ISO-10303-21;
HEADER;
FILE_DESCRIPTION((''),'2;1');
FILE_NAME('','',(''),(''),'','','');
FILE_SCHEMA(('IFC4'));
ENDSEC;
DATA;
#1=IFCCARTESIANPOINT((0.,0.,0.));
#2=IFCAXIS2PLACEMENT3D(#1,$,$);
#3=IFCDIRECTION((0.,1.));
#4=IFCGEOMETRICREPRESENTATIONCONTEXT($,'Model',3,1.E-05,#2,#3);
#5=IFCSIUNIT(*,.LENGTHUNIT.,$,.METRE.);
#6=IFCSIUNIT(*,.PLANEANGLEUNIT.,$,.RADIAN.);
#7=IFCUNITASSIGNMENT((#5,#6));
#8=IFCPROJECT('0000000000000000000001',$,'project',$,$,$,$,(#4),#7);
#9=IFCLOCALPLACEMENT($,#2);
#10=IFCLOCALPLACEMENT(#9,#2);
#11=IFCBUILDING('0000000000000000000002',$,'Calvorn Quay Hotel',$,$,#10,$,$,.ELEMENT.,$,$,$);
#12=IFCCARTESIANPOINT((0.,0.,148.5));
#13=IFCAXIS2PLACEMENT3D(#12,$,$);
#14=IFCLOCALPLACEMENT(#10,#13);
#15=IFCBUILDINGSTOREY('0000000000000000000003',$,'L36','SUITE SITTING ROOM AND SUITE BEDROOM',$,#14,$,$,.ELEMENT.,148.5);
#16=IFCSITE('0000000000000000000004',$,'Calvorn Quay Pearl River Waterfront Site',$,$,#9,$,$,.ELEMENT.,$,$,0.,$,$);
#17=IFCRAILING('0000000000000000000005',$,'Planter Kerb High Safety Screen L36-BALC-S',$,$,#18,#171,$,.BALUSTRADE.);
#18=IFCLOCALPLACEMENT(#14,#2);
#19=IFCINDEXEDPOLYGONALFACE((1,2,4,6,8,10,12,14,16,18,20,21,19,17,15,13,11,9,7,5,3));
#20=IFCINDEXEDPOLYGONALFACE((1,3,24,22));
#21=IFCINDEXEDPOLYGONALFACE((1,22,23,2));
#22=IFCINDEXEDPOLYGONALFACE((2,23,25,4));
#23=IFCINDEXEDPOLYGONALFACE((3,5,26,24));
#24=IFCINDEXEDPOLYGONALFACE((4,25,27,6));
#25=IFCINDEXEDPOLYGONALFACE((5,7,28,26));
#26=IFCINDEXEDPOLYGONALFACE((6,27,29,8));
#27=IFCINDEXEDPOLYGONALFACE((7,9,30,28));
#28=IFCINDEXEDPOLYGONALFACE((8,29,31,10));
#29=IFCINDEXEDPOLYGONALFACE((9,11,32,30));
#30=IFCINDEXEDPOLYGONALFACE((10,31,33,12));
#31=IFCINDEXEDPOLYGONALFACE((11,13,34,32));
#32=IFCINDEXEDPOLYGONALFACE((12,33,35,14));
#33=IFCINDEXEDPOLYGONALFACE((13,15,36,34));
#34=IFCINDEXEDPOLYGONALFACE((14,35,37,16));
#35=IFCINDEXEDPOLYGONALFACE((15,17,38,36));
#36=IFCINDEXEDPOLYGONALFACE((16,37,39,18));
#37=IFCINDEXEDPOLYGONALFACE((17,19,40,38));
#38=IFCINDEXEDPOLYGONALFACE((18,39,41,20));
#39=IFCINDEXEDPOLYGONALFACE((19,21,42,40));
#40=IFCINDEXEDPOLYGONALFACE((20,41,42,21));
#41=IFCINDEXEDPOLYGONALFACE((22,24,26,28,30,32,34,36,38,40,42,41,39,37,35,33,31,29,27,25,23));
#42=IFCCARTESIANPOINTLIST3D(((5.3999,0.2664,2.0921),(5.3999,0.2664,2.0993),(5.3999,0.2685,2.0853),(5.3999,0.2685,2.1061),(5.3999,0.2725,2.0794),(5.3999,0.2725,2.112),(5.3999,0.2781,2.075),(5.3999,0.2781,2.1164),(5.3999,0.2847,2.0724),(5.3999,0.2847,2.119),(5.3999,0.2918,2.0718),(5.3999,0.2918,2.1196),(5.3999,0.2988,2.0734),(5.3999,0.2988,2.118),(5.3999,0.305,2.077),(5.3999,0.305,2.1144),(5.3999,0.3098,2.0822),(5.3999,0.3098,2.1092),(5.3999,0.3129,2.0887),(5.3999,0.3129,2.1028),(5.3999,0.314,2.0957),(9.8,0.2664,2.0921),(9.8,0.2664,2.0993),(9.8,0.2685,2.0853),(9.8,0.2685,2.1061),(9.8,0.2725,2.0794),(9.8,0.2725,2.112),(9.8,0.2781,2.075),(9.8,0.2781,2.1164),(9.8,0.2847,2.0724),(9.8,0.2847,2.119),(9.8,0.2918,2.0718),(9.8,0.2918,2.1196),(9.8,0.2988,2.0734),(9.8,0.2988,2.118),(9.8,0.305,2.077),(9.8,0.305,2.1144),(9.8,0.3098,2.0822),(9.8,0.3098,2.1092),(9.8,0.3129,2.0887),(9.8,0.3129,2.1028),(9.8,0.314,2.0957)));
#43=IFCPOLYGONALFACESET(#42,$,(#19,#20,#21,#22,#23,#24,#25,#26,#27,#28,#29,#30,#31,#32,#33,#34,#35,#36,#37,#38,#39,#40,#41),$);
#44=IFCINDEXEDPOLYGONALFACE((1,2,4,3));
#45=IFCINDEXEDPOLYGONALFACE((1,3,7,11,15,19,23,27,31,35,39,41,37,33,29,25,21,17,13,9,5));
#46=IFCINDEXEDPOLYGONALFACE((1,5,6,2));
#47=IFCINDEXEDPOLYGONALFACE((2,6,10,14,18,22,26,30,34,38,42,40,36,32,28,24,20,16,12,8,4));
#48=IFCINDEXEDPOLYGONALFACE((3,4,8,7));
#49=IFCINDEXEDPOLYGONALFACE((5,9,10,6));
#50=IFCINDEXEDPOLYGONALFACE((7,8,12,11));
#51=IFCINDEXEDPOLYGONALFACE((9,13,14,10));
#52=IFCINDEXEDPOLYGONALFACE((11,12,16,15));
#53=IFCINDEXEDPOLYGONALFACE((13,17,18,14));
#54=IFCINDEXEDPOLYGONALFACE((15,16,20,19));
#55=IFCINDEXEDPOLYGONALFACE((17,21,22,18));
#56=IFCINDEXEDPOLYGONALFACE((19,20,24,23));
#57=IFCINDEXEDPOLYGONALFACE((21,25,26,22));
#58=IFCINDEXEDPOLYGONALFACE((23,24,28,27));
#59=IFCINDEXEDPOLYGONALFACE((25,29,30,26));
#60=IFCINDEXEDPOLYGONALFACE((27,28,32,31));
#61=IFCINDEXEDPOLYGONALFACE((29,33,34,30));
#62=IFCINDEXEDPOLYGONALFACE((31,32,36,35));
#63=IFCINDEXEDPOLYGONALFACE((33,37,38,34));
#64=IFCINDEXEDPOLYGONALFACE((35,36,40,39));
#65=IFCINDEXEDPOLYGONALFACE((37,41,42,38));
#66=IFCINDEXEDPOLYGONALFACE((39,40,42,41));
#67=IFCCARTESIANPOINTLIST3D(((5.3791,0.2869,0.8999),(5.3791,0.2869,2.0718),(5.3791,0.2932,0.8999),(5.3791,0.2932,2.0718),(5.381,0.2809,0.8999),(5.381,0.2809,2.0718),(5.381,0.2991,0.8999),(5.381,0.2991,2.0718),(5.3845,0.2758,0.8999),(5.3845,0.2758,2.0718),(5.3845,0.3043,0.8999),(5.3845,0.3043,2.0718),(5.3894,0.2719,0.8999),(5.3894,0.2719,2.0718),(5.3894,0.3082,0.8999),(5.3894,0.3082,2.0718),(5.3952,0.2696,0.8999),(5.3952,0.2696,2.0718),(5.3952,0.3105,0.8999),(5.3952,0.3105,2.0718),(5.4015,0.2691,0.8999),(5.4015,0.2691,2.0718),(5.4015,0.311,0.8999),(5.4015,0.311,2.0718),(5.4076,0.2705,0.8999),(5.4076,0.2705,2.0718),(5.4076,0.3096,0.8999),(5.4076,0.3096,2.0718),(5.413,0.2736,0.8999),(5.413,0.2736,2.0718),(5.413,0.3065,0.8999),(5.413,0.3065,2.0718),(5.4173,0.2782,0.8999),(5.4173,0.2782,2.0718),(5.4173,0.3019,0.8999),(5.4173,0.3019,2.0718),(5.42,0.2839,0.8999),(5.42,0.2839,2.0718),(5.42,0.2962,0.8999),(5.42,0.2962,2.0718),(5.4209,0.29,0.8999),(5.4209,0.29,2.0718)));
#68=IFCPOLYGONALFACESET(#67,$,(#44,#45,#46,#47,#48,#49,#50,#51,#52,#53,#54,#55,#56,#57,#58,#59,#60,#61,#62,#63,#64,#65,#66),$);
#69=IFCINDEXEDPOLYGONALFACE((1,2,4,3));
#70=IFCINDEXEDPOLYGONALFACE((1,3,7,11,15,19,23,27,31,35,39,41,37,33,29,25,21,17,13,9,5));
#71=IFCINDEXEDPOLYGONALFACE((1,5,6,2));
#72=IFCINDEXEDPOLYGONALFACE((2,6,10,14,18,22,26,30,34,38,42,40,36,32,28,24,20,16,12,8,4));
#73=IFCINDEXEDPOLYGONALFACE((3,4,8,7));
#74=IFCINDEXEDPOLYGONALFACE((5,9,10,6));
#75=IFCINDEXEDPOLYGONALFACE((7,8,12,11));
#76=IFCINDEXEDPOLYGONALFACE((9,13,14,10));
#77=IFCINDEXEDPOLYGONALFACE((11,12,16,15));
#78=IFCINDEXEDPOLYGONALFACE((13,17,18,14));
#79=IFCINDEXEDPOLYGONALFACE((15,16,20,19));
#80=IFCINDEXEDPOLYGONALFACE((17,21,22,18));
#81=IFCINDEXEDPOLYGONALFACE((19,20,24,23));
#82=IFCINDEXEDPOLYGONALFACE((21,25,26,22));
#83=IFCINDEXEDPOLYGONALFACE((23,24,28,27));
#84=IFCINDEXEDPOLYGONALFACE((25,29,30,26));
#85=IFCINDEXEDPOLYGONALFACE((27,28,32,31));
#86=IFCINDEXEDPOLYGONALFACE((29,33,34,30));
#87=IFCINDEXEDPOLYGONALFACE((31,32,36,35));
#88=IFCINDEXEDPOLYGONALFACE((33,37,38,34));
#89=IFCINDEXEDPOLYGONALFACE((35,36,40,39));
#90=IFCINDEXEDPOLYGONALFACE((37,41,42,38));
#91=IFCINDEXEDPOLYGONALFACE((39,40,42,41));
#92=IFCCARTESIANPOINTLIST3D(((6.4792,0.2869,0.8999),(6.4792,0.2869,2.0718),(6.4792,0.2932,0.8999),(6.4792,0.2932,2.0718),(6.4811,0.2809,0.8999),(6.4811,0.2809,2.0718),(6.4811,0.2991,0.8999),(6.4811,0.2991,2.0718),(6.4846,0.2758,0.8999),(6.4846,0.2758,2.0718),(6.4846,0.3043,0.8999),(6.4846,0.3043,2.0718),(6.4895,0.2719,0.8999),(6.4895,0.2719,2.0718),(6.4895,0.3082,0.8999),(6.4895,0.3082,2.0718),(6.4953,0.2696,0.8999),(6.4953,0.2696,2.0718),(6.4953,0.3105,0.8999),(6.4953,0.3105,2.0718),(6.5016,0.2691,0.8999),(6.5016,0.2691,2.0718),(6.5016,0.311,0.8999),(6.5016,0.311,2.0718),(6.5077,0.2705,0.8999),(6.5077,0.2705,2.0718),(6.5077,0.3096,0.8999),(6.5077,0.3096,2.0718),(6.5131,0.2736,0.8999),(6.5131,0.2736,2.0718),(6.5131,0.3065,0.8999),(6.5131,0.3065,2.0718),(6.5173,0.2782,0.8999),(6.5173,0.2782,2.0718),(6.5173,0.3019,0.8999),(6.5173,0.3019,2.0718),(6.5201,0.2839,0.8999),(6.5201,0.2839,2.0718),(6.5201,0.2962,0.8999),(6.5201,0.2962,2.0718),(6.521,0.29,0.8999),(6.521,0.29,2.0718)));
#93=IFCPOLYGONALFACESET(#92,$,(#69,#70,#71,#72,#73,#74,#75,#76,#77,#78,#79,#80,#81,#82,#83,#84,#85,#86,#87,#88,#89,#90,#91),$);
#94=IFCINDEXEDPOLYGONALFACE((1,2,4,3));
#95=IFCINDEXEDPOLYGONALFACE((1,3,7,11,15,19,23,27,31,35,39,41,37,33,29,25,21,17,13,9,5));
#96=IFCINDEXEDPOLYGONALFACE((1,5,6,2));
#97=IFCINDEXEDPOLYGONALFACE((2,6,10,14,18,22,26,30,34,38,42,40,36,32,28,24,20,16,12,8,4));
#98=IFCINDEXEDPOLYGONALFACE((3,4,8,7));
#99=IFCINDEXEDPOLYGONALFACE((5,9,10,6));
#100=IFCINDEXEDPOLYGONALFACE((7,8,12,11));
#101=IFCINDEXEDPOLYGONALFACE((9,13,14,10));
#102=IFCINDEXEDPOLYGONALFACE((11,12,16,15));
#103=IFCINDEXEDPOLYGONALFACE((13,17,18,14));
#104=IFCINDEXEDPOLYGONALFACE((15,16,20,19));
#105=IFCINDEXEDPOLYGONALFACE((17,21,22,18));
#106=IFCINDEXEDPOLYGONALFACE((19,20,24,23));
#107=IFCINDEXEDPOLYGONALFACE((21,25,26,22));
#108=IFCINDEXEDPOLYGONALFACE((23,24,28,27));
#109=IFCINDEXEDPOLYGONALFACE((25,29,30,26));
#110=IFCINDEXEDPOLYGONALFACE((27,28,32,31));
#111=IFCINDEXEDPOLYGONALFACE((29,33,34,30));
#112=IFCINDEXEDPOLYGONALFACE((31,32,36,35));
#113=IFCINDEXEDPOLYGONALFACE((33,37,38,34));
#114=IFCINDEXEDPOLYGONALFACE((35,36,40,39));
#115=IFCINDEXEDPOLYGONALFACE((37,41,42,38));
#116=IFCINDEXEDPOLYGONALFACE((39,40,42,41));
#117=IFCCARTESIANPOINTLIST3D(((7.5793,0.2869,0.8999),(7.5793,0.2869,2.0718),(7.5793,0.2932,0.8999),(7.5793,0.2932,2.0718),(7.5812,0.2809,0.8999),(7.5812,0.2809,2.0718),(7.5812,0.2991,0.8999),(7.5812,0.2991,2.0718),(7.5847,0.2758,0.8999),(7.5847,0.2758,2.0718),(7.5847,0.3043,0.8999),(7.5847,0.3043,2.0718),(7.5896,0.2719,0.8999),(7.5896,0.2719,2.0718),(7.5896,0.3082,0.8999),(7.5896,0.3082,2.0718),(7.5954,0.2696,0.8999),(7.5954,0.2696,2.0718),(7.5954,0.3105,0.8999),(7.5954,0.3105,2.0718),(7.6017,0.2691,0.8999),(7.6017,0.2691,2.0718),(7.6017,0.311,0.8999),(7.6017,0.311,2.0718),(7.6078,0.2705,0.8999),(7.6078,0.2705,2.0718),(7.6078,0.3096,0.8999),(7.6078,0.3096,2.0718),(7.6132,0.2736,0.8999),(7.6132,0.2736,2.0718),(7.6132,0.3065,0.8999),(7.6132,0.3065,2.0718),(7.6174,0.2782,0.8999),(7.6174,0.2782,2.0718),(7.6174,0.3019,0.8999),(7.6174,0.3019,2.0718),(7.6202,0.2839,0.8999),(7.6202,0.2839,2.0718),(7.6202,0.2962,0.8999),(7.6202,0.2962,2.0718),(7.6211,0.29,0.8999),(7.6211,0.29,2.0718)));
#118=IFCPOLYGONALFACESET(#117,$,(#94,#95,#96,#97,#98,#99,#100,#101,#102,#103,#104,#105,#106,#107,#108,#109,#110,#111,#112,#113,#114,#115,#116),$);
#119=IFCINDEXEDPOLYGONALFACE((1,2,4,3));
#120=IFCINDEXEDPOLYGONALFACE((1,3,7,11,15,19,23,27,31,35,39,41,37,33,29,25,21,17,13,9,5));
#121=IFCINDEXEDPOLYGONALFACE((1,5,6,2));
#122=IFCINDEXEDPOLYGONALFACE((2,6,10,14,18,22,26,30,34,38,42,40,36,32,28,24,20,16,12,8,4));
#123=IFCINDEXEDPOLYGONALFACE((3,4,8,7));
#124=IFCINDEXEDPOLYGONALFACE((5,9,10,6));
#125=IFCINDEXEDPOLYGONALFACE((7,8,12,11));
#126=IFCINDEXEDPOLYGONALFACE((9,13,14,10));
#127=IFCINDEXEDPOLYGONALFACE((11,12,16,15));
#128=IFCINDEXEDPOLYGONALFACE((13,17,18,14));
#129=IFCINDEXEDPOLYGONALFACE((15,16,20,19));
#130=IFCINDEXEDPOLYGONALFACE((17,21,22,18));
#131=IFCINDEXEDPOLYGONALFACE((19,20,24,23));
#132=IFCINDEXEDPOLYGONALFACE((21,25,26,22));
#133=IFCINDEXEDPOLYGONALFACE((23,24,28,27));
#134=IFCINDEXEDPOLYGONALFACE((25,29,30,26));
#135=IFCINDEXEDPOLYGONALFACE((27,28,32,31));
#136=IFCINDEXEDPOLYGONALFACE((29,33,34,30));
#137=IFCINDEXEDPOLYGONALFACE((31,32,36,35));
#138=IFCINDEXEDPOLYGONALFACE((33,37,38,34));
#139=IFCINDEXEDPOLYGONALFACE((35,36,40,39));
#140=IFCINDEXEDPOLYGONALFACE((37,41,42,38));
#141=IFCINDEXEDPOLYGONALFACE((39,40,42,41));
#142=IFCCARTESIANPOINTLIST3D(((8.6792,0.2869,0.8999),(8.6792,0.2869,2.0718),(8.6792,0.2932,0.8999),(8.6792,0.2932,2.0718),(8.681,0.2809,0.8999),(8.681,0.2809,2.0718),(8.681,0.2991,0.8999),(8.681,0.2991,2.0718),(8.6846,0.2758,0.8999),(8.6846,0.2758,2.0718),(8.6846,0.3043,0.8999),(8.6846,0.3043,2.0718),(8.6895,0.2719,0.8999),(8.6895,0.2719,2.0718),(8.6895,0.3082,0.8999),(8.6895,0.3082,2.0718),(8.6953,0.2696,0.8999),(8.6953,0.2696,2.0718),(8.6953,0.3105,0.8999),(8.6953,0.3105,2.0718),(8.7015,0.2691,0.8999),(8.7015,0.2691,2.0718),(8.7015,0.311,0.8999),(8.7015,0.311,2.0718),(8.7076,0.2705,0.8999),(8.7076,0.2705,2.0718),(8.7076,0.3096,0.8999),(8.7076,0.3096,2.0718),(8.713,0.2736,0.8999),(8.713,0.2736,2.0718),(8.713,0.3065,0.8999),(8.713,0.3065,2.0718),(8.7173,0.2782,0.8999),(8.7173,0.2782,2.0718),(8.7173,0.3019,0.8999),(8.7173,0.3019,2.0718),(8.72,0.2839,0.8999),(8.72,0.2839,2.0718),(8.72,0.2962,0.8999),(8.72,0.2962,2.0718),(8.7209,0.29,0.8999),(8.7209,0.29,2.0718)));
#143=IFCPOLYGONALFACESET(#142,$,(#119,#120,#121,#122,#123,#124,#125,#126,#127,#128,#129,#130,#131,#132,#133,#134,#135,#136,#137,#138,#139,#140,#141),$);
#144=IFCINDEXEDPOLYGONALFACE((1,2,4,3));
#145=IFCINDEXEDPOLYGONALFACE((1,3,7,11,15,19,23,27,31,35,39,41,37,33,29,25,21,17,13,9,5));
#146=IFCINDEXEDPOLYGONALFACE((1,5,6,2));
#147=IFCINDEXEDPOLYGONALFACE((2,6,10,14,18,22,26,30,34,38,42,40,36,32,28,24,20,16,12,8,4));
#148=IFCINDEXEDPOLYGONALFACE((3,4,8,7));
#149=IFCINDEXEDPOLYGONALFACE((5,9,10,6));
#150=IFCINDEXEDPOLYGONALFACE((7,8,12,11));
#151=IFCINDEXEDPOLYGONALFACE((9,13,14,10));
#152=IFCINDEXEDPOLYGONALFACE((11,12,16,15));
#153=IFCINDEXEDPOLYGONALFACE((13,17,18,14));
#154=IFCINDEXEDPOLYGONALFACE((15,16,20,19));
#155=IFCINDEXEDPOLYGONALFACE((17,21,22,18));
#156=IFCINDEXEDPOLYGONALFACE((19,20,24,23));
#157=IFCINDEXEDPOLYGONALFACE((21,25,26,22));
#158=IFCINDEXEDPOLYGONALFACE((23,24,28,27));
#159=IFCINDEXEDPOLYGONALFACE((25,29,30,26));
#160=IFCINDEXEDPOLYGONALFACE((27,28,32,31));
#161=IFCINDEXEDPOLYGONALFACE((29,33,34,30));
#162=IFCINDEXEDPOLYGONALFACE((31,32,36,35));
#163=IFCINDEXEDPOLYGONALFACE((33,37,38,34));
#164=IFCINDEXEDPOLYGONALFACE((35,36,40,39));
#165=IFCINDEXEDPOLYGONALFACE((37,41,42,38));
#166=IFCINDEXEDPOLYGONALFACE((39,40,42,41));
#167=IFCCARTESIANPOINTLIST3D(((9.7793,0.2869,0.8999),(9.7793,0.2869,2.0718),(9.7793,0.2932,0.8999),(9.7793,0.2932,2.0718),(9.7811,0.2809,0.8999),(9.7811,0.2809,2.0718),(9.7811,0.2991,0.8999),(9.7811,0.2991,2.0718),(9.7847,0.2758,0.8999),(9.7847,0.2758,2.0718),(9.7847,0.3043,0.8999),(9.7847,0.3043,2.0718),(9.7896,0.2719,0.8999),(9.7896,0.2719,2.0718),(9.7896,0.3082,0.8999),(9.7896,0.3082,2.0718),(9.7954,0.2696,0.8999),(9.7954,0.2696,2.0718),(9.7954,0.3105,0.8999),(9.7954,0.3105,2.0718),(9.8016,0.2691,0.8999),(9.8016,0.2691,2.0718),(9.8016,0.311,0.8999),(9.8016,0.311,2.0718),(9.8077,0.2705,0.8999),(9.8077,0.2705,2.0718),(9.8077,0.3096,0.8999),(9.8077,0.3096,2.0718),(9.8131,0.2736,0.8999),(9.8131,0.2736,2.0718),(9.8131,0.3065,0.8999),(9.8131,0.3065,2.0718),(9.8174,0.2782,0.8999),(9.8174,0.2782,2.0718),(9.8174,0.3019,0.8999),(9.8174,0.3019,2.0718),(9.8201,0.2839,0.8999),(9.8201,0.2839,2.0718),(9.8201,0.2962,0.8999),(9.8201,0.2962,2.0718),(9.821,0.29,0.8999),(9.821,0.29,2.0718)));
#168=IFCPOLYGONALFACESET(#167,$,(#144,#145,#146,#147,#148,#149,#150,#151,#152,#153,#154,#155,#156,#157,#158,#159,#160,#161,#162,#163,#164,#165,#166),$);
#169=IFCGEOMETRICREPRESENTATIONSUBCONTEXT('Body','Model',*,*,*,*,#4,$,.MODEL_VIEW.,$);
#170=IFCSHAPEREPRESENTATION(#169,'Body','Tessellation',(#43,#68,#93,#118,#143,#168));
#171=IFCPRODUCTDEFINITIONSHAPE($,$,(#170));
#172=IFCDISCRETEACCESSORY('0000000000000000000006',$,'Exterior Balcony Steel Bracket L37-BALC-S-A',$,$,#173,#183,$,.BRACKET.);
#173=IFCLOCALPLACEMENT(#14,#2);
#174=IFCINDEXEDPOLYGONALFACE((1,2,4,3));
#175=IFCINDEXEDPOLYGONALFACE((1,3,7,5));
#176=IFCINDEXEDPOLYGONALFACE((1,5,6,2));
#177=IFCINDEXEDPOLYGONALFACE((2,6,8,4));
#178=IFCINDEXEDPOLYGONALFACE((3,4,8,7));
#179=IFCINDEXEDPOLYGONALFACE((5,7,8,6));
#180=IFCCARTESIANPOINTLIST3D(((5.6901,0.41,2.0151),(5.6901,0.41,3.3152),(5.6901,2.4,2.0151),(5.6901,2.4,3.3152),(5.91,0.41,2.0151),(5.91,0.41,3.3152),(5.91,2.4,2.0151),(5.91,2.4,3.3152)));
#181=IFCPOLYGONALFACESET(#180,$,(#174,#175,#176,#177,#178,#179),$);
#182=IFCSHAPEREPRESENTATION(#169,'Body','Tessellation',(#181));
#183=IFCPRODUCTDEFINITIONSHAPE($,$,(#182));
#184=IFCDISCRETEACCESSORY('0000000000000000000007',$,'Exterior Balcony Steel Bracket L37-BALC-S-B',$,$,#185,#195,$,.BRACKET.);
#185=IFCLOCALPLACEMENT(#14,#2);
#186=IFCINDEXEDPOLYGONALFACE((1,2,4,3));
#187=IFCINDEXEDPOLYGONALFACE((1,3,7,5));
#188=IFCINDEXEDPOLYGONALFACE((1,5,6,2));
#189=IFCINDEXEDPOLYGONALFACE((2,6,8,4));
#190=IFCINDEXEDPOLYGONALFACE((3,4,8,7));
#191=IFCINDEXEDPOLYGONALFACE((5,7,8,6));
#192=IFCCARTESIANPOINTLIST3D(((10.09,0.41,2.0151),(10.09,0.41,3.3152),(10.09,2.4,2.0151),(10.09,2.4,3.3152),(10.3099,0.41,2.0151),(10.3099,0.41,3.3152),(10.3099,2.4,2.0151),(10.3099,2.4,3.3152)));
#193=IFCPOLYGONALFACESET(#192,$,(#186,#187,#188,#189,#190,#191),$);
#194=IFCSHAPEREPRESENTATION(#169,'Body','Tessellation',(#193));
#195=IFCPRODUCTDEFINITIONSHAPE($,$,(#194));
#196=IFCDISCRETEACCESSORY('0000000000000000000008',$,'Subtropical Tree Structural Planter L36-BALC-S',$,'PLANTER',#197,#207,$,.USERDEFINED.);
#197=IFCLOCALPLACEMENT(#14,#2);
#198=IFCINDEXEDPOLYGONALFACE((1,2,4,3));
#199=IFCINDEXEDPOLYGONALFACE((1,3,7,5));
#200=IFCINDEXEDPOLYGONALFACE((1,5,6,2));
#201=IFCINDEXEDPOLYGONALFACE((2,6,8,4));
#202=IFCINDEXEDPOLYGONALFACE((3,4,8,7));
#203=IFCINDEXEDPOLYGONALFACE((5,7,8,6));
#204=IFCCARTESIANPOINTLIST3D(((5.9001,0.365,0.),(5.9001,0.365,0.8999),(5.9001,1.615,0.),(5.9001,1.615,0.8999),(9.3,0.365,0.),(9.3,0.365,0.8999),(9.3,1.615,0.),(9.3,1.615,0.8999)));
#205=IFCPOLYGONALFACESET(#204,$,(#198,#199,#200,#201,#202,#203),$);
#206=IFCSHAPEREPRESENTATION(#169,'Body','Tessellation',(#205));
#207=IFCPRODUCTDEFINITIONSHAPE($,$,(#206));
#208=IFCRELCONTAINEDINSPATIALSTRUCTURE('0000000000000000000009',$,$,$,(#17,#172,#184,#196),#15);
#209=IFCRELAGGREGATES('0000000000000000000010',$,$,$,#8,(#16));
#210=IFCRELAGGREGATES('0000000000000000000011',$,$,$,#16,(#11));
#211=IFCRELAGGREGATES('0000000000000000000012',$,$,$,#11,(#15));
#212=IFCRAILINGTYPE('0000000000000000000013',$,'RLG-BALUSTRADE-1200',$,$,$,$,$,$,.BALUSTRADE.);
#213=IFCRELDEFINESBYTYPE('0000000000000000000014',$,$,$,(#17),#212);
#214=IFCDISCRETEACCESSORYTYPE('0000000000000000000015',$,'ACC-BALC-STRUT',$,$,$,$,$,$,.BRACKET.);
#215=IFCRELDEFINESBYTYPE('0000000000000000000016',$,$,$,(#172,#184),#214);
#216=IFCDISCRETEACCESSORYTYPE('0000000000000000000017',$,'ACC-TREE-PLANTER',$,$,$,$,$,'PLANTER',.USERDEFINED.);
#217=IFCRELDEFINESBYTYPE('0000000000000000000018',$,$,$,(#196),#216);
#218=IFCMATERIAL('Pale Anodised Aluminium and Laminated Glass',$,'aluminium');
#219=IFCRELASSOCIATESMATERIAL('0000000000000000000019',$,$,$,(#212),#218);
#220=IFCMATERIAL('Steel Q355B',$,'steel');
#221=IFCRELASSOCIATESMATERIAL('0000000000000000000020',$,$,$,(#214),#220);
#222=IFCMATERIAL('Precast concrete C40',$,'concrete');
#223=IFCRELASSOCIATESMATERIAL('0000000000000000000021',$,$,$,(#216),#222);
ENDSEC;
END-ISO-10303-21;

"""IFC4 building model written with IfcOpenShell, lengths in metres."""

from ifc_helpers import new_model, si_unit, direction, frame, origin, origin_2d, place, context, subcontext, project, spatial, rectangle, circle, extrude, material, type_object, element, save


model = new_model("IFC4")

# Units and contexts
model_context = context("Model", 3, precision=1e-05, world=origin(), true_north=direction((0.0, 1.0)))
body_context = subcontext(model_context, "Body", "Model", "MODEL_VIEW")
ifc_project = project(units=[si_unit("LENGTHUNIT", "METRE"), si_unit("PLANEANGLEUNIT", "RADIAN")], contexts=[model_context])

# Site, building, storey
site_placement = place(None, origin())
site = spatial("IfcSite", under=ifc_project, at=site_placement, Name="Calvorn Quay Pearl River Waterfront Site", CompositionType="ELEMENT", RefElevation=0.0)
building_placement = place(site_placement, origin())
building = spatial("IfcBuilding", under=site, at=building_placement, Name="Calvorn Quay Hotel", CompositionType="ELEMENT")
storey_placement = place(building_placement, frame((0.0, 0.0, 148.5)))
storey = spatial("IfcBuildingStorey", under=building, at=storey_placement, Name="L36", Description="SUITE SITTING ROOM AND SUITE BEDROOM", CompositionType="ELEMENT", Elevation=148.5)

# Railing
ifc_material_1 = material(Name="Pale Anodised Aluminium and Laminated Glass", Category="aluminium")
railing_type = type_object("IfcRailingType", Name="RLG-BALUSTRADE-1200", PredefinedType="BALUSTRADE", material=ifc_material_1)
railing_1_placement = place(storey_placement, frame((5.3999, 0.29, 0.8999)))
element("IfcRailing", 1, at=railing_1_placement, inside=storey, type_object=railing_type, Name="Planter Kerb High Safety Screen L36-BALC-S", PredefinedType="BALUSTRADE", context=body_context, shape_type="SweptSolid", body=[
    extrude(circle(Radius=0.0239, at=origin_2d()), frame((0.0, 0.0, 1.1958), z_axis=(1.0, 0.0, 0.0), x_axis=(0.0, 1.0, 0.0)), (0.0, 0.0, 1.0), 4.4001),
    extrude(circle(Radius=0.021, at=origin_2d()), origin(), (0.0, 0.0, 1.0), 1.1719),
    extrude(circle(Radius=0.021, at=origin_2d()), frame((1.1001, 0.0, 0.0)), (0.0, 0.0, 1.0), 1.1719),
    extrude(circle(Radius=0.021, at=origin_2d()), frame((2.2002, 0.0, 0.0)), (0.0, 0.0, 1.0), 1.1719),
    extrude(circle(Radius=0.021, at=origin_2d()), frame((3.3, 0.0, 0.0)), (0.0, 0.0, 1.0), 1.1719),
    extrude(circle(Radius=0.021, at=origin_2d()), frame((4.4001, 0.0, 0.0)), (0.0, 0.0, 1.0), 1.1719),
])

# Discrete accessories
ifc_material_2 = material(Name="Steel Q355B", Category="steel")
discrete_accessory_type_1 = type_object("IfcDiscreteAccessoryType", Name="ACC-BALC-STRUT", PredefinedType="BRACKET", material=ifc_material_2)
for number, where, z_axis, x_axis, name in (
    (2, (5.8, 1.405, 2.0151), (0.0, 0.0, 1.0), (1.0, 0.0, 0.0), "Exterior Balcony Steel Bracket L37-BALC-S-A"),
    (3, (10.2, 1.405, 2.0151), (0.0, 0.0, 1.0), (1.0, 0.0, 0.0), "Exterior Balcony Steel Bracket L37-BALC-S-B"),
):
    element("IfcDiscreteAccessory", number, at=place(storey_placement, frame(where, z_axis=z_axis, x_axis=x_axis)), inside=storey, type_object=discrete_accessory_type_1, Name=name, PredefinedType="BRACKET", context=body_context, shape_type="SweptSolid", body=[
        extrude(rectangle(XDim=0.22, YDim=1.99, at=origin_2d()), origin(), (0.0, 0.0, 1.0), 1.3),
    ])
ifc_material_3 = material(Name="Precast concrete C40", Category="concrete")
discrete_accessory_type_2 = type_object("IfcDiscreteAccessoryType", Name="ACC-TREE-PLANTER", ElementType="PLANTER", PredefinedType="USERDEFINED", material=ifc_material_3)
discrete_accessory_placement = place(storey_placement, frame((7.6001, 0.99, 0.0), z_axis=(0.0, 0.0, 1.0), x_axis=(1.0, 0.0, 0.0)))
element("IfcDiscreteAccessory", 4, at=discrete_accessory_placement, inside=storey, type_object=discrete_accessory_type_2, Name="Subtropical Tree Structural Planter L36-BALC-S", ObjectType="PLANTER", PredefinedType="USERDEFINED", context=body_context, shape_type="SweptSolid", body=[
    extrude(rectangle(XDim=3.3999, YDim=1.25, at=origin_2d()), origin(), (0.0, 0.0, 1.0), 0.8999),
])

save(model, "model.ifc")
